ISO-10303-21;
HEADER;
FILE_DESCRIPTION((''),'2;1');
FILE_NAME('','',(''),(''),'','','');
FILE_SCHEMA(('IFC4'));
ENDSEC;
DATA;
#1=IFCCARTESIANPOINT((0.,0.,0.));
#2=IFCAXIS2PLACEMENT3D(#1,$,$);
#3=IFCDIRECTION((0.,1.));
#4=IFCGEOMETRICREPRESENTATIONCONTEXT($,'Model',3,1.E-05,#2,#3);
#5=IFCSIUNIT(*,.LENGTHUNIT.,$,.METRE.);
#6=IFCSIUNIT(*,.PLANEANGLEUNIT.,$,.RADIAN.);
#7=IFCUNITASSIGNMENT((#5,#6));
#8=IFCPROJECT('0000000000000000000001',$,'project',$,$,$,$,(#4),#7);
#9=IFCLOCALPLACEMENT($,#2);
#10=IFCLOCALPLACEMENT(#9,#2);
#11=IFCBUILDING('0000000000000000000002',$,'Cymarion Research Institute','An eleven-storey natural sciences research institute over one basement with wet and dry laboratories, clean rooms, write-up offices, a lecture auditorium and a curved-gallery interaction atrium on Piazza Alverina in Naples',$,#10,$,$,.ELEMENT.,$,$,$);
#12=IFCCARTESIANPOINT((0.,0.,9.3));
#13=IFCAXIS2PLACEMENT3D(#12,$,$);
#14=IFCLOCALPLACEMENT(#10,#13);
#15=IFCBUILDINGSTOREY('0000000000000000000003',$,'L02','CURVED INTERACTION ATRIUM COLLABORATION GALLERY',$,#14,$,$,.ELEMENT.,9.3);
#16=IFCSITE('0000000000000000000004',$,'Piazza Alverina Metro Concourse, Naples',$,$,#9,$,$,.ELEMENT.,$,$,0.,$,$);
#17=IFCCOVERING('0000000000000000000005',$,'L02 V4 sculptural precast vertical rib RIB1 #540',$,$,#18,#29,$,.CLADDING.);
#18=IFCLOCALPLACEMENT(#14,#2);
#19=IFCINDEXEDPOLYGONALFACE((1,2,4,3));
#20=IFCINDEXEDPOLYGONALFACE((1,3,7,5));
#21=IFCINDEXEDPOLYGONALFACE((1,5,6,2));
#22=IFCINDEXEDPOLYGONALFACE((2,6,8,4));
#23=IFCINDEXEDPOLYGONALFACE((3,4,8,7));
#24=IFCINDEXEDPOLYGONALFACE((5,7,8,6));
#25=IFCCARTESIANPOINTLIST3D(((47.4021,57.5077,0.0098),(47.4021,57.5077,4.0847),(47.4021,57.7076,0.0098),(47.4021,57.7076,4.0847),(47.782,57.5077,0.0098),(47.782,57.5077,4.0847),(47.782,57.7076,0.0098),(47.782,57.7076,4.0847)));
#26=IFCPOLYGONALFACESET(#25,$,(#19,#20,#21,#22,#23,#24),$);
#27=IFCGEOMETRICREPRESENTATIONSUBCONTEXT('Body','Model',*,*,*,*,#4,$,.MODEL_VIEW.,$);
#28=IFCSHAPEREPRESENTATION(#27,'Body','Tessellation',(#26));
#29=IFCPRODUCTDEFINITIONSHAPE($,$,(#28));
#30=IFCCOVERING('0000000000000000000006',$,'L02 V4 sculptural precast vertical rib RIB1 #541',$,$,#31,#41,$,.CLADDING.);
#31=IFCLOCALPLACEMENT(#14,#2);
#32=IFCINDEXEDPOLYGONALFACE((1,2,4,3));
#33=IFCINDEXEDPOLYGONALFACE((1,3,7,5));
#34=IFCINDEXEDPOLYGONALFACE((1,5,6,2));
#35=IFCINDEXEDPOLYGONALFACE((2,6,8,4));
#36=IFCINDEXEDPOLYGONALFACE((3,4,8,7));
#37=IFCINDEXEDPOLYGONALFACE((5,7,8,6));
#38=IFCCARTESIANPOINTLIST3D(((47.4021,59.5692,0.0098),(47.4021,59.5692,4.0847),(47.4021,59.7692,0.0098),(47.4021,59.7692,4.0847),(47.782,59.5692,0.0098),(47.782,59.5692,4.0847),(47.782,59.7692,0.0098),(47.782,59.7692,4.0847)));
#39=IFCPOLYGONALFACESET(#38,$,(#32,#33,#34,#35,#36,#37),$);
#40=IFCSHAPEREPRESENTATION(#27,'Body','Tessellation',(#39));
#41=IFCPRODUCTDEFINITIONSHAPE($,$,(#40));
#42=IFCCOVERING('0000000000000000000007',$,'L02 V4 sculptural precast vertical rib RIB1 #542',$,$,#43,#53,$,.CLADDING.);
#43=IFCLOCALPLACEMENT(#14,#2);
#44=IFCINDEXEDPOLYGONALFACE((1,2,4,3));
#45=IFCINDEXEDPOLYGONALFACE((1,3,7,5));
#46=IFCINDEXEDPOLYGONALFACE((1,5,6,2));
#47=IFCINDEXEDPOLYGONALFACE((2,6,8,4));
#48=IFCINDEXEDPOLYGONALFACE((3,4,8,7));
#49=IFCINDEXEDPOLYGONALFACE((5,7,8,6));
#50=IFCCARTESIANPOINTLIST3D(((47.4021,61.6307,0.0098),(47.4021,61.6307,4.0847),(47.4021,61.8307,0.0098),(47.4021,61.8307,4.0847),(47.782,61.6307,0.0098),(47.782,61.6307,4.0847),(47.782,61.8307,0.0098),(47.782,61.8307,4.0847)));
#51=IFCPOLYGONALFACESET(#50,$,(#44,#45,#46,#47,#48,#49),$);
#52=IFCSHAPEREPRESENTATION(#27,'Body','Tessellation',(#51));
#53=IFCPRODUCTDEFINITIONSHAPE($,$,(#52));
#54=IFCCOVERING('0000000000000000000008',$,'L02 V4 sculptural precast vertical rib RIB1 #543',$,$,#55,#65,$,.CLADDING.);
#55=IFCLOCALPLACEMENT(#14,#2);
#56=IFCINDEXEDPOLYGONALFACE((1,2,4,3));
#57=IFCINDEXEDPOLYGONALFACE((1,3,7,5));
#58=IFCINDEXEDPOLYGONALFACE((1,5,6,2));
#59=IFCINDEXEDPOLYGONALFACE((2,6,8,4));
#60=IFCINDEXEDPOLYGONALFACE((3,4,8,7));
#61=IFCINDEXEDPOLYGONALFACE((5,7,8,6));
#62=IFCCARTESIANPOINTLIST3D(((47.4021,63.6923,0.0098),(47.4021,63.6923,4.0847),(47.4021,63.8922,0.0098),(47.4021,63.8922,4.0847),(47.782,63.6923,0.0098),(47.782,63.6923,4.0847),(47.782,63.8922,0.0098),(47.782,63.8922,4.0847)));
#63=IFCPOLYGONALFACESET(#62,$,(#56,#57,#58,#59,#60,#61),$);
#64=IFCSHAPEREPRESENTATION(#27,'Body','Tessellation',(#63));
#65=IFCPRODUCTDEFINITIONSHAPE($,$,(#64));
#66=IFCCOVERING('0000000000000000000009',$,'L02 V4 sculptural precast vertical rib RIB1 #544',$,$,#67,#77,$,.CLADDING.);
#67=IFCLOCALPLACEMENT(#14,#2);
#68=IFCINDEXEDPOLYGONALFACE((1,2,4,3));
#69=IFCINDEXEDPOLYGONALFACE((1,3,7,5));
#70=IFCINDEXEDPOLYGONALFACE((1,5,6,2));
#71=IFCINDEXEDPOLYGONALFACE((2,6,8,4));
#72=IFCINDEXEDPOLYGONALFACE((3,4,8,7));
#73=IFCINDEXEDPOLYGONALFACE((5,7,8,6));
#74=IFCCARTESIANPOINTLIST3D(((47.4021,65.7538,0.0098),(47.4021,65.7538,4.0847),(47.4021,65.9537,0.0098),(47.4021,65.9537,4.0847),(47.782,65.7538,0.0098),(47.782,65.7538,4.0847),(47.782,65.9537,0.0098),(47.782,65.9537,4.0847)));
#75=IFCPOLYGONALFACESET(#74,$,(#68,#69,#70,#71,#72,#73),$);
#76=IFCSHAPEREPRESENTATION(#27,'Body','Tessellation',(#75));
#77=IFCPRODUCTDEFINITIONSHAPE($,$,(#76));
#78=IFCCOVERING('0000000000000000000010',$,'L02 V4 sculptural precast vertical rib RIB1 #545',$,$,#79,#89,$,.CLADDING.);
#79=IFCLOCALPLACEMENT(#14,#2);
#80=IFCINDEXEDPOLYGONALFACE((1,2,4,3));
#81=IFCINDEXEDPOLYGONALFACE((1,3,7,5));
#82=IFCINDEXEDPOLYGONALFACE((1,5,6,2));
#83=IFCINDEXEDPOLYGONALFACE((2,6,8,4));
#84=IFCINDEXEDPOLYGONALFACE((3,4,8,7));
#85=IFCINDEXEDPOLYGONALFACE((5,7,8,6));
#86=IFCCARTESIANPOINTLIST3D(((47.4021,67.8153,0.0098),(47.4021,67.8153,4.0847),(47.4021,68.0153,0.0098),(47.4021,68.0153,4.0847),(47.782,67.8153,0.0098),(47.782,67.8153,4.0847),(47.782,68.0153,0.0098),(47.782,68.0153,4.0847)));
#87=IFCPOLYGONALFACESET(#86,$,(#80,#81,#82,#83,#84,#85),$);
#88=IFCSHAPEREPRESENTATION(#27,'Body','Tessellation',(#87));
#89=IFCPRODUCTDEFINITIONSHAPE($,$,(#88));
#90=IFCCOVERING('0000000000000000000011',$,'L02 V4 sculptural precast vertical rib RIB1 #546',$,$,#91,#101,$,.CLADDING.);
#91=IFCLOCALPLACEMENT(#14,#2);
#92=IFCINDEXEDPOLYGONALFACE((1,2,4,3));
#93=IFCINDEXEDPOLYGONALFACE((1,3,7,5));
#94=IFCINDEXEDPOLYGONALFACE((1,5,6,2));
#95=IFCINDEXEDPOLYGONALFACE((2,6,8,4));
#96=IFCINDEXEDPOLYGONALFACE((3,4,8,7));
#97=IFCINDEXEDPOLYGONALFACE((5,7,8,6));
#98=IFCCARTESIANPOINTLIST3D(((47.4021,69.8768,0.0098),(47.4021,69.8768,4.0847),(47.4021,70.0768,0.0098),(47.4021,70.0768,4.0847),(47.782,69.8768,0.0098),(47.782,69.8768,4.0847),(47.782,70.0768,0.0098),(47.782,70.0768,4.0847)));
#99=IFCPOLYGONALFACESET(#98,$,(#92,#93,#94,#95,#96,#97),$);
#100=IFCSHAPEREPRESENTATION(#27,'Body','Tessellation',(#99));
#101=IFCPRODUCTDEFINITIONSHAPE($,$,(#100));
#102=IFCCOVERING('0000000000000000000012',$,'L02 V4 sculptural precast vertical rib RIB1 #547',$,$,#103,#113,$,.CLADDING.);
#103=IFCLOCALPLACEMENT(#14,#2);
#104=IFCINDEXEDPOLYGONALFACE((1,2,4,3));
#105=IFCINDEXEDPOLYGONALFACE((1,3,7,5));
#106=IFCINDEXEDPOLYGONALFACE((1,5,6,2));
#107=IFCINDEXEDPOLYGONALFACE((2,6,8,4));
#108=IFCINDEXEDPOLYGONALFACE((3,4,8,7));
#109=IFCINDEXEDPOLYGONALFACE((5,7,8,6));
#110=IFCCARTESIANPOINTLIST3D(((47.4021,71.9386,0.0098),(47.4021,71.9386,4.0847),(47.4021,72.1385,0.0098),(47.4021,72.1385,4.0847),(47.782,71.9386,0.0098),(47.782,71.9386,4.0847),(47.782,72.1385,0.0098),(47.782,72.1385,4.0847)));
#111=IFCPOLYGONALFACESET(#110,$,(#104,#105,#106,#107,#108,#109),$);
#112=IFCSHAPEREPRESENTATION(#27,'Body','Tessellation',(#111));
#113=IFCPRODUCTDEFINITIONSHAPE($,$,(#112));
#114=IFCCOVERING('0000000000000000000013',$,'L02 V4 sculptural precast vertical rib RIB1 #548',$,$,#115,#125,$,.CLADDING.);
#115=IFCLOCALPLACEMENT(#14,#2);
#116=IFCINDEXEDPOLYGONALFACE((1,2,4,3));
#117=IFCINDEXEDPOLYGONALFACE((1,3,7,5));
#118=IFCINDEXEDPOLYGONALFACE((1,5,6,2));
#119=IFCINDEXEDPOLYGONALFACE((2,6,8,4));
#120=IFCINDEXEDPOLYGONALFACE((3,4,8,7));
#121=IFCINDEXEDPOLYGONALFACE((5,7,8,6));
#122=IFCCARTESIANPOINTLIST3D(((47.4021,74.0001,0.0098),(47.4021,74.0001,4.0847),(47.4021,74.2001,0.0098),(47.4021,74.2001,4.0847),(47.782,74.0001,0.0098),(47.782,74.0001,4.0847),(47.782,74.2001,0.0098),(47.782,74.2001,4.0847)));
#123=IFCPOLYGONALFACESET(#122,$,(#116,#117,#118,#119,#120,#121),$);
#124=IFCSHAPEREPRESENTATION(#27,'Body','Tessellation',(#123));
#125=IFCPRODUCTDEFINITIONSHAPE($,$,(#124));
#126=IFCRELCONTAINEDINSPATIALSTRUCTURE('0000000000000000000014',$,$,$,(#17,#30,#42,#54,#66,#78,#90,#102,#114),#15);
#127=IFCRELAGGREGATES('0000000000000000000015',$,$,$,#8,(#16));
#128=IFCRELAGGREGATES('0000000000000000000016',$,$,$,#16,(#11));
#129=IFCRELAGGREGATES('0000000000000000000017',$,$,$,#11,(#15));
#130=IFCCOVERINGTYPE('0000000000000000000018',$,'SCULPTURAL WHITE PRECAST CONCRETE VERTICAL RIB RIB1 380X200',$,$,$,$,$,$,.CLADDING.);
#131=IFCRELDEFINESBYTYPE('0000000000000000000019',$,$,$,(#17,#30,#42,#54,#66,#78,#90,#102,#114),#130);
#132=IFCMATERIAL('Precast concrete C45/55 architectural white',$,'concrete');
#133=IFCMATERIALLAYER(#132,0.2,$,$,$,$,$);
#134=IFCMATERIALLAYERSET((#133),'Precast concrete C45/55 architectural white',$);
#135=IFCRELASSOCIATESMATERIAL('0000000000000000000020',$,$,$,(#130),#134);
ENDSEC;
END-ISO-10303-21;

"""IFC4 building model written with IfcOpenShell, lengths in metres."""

from ifc_helpers import new_model, si_unit, direction, frame, origin, origin_2d, place, context, subcontext, project, spatial, rectangle, extrude, material, layer, layer_set, type_object, element, save


model = new_model("IFC4")

# Units and contexts
model_context = context("Model", 3, precision=1e-05, world=origin(), true_north=direction((0.0, 1.0)))
body_context = subcontext(model_context, "Body", "Model", "MODEL_VIEW")
ifc_project = project(units=[si_unit("LENGTHUNIT", "METRE"), si_unit("PLANEANGLEUNIT", "RADIAN")], contexts=[model_context])

# Site, building, storey
site_placement = place(None, origin())
site = spatial("IfcSite", under=ifc_project, at=site_placement, Name="Piazza Alverina Metro Concourse, Naples", CompositionType="ELEMENT", RefElevation=0.0)
building_placement = place(site_placement, origin())
building = spatial("IfcBuilding", under=site, at=building_placement, Name="Cymarion Research Institute", Description="An eleven-storey natural sciences research institute over one basement with wet and dry laboratories, clean rooms, write-up offices, a lecture auditorium and a curved-gallery interaction atrium on Piazza Alverina in Naples", CompositionType="ELEMENT")
storey_placement = place(building_placement, frame((0.0, 0.0, 9.3)))
storey = spatial("IfcBuildingStorey", under=building, at=storey_placement, Name="L02", Description="CURVED INTERACTION ATRIUM COLLABORATION GALLERY", CompositionType="ELEMENT", Elevation=9.3)

# Coverings
ifc_material_1 = material(Name="Precast concrete C45/55 architectural white", Category="concrete")
ifc_layer_1 = layer(ifc_material_1, 0.2)
ifc_layer_set_1 = layer_set([ifc_layer_1], Name="Precast concrete C45/55 architectural white")
covering_type_1 = type_object("IfcCoveringType", Name="SCULPTURAL WHITE PRECAST CONCRETE VERTICAL RIB RIB1 380X200", PredefinedType="CLADDING", material=ifc_layer_set_1)
for number, where, z_axis, x_axis, name in (
    (1, (47.592, 57.6077, 0.0098), (0.0, 0.0, 1.0), (1.0, 0.0, 0.0), "L02 V4 sculptural precast vertical rib RIB1 #540"),
    (2, (47.592, 59.6692, 0.0098), (0.0, 0.0, 1.0), (1.0, 0.0, 0.0), "L02 V4 sculptural precast vertical rib RIB1 #541"),
    (3, (47.592, 61.7307, 0.0098), (0.0, 0.0, 1.0), (1.0, 0.0, 0.0), "L02 V4 sculptural precast vertical rib RIB1 #542"),
    (4, (47.592, 63.7922, 0.0098), (0.0, 0.0, 1.0), (1.0, 0.0, 0.0), "L02 V4 sculptural precast vertical rib RIB1 #543"),
    (5, (47.592, 65.8538, 0.0098), (0.0, 0.0, 1.0), (1.0, 0.0, 0.0), "L02 V4 sculptural precast vertical rib RIB1 #544"),
    (6, (47.592, 67.9153, 0.0098), (0.0, 0.0, 1.0), (1.0, 0.0, 0.0), "L02 V4 sculptural precast vertical rib RIB1 #545"),
    (7, (47.592, 69.9768, 0.0098), (0.0, 0.0, 1.0), (1.0, 0.0, 0.0), "L02 V4 sculptural precast vertical rib RIB1 #546"),
    (8, (47.592, 72.0386, 0.0098), (0.0, 0.0, 1.0), (1.0, 0.0, 0.0), "L02 V4 sculptural precast vertical rib RIB1 #547"),
    (9, (47.592, 74.1001, 0.0098), (0.0, 0.0, 1.0), (1.0, 0.0, 0.0), "L02 V4 sculptural precast vertical rib RIB1 #548"),
):
    element("IfcCovering", number, at=place(storey_placement, frame(where, z_axis=z_axis, x_axis=x_axis)), inside=storey, type_object=covering_type_1, Name=name, PredefinedType="CLADDING", context=body_context, shape_type="SweptSolid", body=[
        extrude(rectangle(XDim=0.3799, YDim=0.2, at=origin_2d()), origin(), (0.0, 0.0, 1.0), 4.075),
    ])

save(model, "model.ifc")
